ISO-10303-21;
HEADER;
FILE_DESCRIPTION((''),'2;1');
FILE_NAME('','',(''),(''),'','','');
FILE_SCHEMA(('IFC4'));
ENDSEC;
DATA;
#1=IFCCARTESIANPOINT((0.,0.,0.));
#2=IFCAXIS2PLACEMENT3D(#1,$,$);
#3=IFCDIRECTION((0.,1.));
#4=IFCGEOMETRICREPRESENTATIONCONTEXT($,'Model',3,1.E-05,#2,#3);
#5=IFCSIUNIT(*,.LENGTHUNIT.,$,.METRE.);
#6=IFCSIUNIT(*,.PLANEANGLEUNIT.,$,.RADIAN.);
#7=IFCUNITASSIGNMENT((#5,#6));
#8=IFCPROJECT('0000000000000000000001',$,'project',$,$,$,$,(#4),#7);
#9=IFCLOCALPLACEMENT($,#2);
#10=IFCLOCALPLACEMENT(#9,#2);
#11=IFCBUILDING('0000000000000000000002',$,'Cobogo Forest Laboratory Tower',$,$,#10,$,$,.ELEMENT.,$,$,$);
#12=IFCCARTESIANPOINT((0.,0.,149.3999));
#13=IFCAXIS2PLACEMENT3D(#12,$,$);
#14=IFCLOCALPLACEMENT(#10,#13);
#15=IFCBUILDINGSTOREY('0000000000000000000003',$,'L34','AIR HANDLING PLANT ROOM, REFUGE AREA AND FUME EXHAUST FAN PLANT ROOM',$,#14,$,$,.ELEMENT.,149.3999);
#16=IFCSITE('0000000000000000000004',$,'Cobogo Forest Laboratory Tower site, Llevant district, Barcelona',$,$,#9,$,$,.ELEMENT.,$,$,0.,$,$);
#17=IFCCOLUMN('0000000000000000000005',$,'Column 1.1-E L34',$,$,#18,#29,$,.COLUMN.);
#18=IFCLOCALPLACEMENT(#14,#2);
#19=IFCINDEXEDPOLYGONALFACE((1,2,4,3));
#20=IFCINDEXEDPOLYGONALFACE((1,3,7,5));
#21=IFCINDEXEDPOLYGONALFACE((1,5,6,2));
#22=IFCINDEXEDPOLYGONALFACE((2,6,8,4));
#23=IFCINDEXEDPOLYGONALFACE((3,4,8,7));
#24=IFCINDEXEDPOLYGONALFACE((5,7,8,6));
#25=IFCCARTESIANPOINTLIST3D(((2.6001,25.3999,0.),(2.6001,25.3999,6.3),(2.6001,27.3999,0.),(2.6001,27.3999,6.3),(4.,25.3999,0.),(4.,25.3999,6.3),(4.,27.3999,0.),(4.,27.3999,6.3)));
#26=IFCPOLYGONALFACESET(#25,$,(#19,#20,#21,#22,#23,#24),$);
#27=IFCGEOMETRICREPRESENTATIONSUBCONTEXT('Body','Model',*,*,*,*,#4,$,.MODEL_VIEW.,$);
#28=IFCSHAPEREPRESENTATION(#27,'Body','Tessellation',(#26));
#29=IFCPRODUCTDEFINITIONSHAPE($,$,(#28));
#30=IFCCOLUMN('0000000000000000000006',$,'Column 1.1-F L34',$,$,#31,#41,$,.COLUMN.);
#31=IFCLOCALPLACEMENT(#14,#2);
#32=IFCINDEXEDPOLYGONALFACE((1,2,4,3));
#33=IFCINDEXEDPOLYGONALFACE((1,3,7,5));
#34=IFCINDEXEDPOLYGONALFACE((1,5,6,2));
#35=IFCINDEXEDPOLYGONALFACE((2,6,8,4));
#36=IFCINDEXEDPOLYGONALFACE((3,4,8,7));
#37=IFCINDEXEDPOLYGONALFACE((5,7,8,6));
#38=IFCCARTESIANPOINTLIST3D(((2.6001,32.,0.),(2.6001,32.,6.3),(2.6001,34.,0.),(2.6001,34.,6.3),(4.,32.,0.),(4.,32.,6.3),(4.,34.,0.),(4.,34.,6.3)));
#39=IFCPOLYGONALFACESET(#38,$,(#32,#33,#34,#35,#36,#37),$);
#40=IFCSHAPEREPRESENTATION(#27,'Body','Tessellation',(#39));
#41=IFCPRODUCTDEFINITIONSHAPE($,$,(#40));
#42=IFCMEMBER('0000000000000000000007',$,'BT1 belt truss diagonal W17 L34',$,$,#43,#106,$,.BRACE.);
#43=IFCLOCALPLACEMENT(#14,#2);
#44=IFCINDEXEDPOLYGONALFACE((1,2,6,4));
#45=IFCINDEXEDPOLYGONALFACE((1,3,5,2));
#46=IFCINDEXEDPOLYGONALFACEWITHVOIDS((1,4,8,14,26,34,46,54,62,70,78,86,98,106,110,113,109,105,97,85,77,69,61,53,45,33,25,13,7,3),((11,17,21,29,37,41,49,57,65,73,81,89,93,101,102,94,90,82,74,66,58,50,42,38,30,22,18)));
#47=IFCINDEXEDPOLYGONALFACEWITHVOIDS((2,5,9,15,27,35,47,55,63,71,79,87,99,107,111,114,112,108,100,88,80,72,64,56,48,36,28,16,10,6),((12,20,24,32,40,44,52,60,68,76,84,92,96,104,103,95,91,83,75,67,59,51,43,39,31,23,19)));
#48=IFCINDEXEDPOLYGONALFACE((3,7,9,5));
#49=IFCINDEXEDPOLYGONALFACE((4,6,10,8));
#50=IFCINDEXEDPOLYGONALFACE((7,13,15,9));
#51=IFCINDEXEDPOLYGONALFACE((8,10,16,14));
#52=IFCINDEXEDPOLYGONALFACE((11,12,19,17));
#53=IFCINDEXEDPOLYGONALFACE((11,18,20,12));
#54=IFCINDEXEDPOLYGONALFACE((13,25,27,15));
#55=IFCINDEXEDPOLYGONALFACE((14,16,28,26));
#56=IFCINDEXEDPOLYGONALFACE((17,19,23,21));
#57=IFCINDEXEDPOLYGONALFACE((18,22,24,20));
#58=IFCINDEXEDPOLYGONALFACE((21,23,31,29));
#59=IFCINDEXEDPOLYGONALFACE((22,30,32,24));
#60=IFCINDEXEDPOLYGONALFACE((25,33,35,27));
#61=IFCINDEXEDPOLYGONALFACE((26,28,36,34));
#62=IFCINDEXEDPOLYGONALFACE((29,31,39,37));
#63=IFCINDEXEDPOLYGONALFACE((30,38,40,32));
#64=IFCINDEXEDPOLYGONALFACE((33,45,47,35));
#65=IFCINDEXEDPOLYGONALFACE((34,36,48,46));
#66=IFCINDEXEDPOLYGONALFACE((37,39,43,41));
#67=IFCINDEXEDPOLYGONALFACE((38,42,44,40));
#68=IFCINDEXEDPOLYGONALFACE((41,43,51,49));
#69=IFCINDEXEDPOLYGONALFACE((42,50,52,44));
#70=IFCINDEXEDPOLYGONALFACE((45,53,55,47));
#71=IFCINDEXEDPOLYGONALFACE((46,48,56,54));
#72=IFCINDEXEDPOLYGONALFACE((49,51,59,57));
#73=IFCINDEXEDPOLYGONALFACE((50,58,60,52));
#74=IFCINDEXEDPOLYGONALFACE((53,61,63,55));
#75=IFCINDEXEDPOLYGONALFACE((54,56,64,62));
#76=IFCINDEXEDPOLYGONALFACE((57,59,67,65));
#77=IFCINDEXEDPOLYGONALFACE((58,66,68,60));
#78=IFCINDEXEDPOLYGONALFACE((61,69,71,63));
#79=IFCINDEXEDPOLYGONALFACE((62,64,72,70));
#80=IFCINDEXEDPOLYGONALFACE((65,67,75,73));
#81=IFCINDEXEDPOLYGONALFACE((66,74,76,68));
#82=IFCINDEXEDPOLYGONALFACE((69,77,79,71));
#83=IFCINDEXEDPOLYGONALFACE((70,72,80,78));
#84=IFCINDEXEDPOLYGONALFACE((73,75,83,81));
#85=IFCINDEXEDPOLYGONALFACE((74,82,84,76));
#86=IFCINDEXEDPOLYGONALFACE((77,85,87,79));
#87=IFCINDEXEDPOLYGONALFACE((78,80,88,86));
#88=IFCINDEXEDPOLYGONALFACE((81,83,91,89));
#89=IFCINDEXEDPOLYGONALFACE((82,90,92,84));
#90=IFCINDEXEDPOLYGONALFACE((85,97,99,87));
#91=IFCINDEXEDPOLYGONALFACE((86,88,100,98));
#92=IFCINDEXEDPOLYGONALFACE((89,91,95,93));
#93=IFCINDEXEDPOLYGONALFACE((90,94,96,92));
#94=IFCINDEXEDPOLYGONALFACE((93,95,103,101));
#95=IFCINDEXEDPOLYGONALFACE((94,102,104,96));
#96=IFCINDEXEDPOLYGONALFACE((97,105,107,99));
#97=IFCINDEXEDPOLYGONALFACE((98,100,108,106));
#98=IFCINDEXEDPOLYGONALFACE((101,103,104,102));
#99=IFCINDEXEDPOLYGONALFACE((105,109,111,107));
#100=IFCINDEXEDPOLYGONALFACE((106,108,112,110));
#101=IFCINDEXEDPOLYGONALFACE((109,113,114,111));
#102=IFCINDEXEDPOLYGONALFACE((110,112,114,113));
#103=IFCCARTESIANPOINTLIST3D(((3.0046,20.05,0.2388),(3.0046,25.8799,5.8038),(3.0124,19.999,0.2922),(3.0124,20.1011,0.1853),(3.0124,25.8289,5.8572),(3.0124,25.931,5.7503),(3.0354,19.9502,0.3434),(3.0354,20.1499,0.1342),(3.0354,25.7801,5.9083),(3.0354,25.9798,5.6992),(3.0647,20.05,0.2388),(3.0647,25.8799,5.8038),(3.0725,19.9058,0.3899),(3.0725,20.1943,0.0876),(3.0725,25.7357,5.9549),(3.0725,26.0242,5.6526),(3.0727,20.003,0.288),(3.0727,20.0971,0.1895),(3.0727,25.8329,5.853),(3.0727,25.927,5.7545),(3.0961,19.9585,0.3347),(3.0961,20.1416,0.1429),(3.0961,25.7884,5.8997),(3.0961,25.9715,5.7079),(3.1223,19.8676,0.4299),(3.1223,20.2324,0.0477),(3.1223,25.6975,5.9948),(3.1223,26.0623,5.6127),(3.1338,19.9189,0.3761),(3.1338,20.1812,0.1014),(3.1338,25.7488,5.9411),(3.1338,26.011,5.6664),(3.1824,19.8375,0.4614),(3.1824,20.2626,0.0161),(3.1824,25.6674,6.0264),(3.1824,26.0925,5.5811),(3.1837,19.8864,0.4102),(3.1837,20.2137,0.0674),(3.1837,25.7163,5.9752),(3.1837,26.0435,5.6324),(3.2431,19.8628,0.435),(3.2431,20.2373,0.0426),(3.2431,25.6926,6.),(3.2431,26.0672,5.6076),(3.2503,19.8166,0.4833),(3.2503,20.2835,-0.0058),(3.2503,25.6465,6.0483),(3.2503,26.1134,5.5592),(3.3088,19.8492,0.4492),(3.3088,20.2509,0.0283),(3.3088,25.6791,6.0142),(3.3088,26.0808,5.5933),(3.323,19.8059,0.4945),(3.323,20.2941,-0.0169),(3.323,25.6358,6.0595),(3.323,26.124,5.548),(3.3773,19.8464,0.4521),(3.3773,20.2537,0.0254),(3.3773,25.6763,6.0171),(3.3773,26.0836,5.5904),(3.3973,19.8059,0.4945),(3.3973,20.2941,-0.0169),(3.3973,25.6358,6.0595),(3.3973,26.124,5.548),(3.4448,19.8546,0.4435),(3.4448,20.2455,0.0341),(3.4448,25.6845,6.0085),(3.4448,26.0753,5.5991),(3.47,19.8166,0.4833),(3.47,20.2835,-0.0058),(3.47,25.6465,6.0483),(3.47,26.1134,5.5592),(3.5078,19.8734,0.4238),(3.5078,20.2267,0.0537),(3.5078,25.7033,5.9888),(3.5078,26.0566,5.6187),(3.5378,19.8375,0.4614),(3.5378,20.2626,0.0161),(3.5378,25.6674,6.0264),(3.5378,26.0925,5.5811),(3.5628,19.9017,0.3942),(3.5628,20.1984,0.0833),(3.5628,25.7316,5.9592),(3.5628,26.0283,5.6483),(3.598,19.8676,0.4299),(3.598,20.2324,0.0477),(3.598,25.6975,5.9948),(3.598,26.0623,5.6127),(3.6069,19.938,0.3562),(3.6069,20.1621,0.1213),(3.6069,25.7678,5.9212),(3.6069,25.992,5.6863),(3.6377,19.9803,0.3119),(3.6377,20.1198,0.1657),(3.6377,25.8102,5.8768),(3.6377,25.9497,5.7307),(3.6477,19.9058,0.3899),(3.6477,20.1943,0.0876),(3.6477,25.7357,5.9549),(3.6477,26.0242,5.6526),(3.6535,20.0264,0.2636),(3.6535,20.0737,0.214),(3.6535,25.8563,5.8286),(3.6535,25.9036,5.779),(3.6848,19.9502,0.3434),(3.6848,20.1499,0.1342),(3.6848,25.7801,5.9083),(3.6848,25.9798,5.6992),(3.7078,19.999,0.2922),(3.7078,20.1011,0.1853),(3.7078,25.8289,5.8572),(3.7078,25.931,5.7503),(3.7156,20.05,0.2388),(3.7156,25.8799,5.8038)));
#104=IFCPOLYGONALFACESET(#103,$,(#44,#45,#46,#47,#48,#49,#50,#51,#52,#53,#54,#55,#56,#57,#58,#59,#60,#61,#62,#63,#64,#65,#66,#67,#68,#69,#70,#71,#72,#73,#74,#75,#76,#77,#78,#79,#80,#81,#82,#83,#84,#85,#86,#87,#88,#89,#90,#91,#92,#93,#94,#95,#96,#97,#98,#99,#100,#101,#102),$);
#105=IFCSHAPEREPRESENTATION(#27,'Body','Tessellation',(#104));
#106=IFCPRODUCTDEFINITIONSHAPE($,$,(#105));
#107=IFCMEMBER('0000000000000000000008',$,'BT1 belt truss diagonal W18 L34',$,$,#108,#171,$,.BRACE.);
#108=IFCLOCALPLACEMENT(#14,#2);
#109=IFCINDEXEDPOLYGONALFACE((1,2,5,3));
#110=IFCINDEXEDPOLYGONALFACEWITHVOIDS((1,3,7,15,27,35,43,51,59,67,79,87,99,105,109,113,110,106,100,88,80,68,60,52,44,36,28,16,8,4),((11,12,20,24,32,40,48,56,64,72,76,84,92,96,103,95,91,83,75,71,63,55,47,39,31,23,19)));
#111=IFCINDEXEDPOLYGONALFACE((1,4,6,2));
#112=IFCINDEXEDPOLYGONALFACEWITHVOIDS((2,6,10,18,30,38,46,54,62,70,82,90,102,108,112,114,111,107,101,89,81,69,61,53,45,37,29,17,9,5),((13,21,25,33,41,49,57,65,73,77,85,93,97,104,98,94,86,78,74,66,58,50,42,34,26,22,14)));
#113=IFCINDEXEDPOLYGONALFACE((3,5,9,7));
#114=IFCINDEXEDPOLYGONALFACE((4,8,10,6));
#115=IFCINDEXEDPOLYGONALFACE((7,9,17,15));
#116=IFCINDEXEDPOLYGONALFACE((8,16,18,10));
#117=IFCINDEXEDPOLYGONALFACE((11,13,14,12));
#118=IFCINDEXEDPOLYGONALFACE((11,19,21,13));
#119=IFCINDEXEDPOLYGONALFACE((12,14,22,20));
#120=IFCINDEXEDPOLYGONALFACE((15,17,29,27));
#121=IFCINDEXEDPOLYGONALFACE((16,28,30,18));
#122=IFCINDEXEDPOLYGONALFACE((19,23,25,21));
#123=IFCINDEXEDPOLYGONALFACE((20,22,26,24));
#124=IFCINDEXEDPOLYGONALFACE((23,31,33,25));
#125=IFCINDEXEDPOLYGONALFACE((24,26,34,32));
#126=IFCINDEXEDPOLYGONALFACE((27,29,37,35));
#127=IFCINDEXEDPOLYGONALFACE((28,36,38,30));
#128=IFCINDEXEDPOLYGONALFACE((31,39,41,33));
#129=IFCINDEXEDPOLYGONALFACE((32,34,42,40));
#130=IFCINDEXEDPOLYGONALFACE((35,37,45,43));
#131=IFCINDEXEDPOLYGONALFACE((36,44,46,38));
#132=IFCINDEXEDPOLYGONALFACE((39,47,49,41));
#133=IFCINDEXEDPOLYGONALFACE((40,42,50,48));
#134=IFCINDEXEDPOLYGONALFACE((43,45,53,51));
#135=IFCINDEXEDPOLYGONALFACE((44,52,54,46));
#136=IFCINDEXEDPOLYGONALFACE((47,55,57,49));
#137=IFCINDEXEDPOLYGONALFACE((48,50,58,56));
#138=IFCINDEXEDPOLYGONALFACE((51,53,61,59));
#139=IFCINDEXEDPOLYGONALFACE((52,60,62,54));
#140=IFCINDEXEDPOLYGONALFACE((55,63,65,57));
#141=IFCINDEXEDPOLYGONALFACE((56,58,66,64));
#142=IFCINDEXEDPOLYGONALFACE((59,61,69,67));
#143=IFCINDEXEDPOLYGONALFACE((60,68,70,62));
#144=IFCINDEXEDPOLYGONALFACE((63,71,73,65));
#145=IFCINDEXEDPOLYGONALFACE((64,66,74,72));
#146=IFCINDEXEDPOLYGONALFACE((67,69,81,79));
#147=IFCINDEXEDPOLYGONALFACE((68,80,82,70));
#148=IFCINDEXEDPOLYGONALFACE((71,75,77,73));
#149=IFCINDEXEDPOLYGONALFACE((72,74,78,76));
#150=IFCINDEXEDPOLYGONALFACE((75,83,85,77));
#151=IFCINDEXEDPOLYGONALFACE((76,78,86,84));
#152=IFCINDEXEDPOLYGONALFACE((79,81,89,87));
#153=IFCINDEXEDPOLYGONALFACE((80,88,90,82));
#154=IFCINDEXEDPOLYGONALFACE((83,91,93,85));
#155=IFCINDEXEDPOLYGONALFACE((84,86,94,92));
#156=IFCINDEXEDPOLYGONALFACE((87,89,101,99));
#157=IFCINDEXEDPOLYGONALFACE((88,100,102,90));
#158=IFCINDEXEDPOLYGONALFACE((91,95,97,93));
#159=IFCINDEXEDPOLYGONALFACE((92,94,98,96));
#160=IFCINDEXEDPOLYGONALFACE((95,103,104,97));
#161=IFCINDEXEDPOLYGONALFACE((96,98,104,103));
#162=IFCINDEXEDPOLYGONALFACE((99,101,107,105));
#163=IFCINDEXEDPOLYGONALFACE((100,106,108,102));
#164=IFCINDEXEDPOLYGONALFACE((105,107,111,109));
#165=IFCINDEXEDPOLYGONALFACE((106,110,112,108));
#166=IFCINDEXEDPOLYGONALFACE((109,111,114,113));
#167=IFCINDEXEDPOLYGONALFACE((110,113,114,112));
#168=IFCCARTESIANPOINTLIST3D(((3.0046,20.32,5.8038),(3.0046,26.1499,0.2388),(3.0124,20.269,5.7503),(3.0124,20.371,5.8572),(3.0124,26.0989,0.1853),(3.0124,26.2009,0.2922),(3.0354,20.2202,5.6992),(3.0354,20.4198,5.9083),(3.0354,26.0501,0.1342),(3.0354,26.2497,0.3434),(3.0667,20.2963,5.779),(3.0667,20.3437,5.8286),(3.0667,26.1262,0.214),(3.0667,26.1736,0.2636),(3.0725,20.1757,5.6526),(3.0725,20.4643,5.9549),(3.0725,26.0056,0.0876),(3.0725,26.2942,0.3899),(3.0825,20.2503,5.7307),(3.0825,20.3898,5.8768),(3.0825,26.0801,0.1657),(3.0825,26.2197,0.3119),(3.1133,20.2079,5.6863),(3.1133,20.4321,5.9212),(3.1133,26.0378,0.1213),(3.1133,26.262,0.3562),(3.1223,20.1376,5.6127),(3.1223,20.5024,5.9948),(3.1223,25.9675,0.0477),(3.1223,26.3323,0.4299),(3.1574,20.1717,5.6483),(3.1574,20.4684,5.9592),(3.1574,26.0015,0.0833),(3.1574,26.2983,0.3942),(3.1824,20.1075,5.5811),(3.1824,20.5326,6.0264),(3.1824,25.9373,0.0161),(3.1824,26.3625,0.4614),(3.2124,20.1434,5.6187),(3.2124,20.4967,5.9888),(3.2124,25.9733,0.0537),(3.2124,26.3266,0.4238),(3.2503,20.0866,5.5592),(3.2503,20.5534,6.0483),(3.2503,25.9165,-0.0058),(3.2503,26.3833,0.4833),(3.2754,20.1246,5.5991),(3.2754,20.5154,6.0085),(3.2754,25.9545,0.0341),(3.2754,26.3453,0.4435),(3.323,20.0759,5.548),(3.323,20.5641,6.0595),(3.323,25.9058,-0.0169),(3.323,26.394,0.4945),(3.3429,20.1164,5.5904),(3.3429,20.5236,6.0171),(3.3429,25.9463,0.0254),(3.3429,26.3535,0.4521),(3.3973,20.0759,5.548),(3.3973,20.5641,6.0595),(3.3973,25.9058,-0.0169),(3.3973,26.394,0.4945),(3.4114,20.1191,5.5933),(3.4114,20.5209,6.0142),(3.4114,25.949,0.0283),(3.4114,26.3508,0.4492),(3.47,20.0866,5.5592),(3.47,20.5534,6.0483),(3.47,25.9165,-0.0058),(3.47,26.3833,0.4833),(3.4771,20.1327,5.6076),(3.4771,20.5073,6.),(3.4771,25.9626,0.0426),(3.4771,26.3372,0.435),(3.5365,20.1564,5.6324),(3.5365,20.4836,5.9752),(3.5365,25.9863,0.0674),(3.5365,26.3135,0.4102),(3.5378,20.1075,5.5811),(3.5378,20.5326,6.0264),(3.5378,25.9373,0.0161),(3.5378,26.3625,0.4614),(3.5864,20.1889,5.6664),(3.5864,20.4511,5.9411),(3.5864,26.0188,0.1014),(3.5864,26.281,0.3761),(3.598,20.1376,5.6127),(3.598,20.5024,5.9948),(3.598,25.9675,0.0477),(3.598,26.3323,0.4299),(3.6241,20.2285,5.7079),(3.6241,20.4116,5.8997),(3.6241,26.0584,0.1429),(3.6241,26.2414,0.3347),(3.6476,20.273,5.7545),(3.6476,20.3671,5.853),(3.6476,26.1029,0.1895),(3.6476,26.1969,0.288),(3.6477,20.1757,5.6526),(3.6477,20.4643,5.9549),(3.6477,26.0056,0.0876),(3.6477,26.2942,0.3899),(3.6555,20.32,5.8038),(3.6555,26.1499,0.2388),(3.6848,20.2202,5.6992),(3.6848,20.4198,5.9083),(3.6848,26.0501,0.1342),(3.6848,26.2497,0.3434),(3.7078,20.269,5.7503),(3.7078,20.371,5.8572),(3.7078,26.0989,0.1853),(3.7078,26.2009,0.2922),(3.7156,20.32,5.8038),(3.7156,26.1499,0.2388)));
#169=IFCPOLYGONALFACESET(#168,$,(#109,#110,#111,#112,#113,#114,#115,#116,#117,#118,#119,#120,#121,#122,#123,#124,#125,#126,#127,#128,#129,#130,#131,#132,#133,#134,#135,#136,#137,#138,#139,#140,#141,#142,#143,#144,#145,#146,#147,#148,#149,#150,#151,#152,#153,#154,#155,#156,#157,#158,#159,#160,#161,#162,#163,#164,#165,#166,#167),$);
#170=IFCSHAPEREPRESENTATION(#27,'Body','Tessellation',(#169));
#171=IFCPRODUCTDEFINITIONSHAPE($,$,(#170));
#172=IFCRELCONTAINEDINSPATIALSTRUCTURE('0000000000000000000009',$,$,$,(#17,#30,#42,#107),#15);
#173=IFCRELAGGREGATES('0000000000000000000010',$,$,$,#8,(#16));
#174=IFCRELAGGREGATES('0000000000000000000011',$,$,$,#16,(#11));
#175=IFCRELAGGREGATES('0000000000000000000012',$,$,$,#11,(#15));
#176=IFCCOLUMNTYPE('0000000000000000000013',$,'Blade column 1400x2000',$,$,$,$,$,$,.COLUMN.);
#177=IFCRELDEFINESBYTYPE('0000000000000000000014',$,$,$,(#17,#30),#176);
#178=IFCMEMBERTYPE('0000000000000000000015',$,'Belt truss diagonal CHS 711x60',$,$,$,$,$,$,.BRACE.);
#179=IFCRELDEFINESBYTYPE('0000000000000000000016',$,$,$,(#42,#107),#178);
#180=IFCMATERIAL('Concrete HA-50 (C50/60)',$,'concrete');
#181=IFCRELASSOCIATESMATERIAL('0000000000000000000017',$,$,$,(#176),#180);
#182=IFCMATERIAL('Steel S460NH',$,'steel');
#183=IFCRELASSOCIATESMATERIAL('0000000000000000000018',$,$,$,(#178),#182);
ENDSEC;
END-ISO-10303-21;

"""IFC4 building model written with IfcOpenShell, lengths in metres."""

from ifc_helpers import new_model, si_unit, direction, frame, origin, origin_2d, place, context, subcontext, project, spatial, rectangle, hollow_circle, extrude, material, material_profile, profile_set, type_object, element, save


model = new_model("IFC4")

# Units and contexts
model_context = context("Model", 3, precision=1e-05, world=origin(), true_north=direction((0.0, 1.0)))
body_context = subcontext(model_context, "Body", "Model", "MODEL_VIEW")
ifc_project = project(units=[si_unit("LENGTHUNIT", "METRE"), si_unit("PLANEANGLEUNIT", "RADIAN")], contexts=[model_context])

# Site, building, storey
site_placement = place(None, origin())
site = spatial("IfcSite", under=ifc_project, at=site_placement, Name="Cobogo Forest Laboratory Tower site, Llevant district, Barcelona", CompositionType="ELEMENT", RefElevation=0.0)
building_placement = place(site_placement, origin())
building = spatial("IfcBuilding", under=site, at=building_placement, Name="Cobogo Forest Laboratory Tower", CompositionType="ELEMENT")
storey_placement = place(building_placement, frame((0.0, 0.0, 149.3999)))
storey = spatial("IfcBuildingStorey", under=building, at=storey_placement, Name="L34", Description="AIR HANDLING PLANT ROOM, REFUGE AREA AND FUME EXHAUST FAN PLANT ROOM", CompositionType="ELEMENT", Elevation=149.3999)

# Columns
ifc_material_1 = material(Name="Concrete HA-50 (C50/60)", Category="concrete")
ifc_material_profile_1 = material_profile(ifc_material_1, rectangle(XDim=2.0, YDim=1.3999, at=origin_2d()), Name="RC 1400x2000")
ifc_profile_set_1 = profile_set([ifc_material_profile_1], Name="Concrete HA-50 (C50/60)")
column_type = type_object("IfcColumnType", Name="Blade column 1400x2000", PredefinedType="COLUMN", material=ifc_profile_set_1)
for number, where, z_axis, x_axis, name in (
    (1, (3.3, 26.3999, 0.0), (0.0, 0.0, 1.0), (0.0, 1.0, 0.0), "Column 1.1-E L34"),
    (2, (3.3, 33.0, 0.0), (0.0, 0.0, 1.0), (0.0, 1.0, 0.0), "Column 1.1-F L34"),
):
    element("IfcColumn", number, at=place(storey_placement, frame(where, z_axis=z_axis, x_axis=x_axis)), inside=storey, type_object=column_type, Name=name, PredefinedType="COLUMN", context=body_context, shape_type="SweptSolid", body=[
        extrude(rectangle(XDim=2.0, YDim=1.3999, at=origin_2d()), origin(), (0.0, 0.0, 1.0), 6.3),
    ])

# Members
ifc_material_2 = material(Name="Steel S460NH", Category="steel")
ifc_material_profile_2 = material_profile(ifc_material_2, hollow_circle(Radius=0.3555, WallThickness=0.0601, at=origin_2d()), Name="CHS 711x60")
ifc_profile_set_2 = profile_set([ifc_material_profile_2], Name="Steel S460NH")
member_type_1 = type_object("IfcMemberType", Name="Belt truss diagonal CHS 711x60", PredefinedType="BRACE", material=ifc_profile_set_2)
for number, where, z_axis, x_axis, name in (
    (3, (3.3601, 20.05, 0.2388), (0.0, 0.723349, 0.690482), (-1.0, 0.0, 0.0), "BT1 belt truss diagonal W17 L34"),
    (4, (3.3601, 26.1499, 0.2388), (0.0, -0.723349, 0.690482), (1.0, 0.0, 0.0), "BT1 belt truss diagonal W18 L34"),
):
    element("IfcMember", number, at=place(storey_placement, frame(where, z_axis=z_axis, x_axis=x_axis)), inside=storey, type_object=member_type_1, Name=name, PredefinedType="BRACE", context=body_context, shape_type="SweptSolid", body=[
        extrude(hollow_circle(Radius=0.3555, WallThickness=0.0601, at=origin_2d()), origin(), (0.0, 0.0, 1.0), 8.0596),
    ])

save(model, "model.ifc")
